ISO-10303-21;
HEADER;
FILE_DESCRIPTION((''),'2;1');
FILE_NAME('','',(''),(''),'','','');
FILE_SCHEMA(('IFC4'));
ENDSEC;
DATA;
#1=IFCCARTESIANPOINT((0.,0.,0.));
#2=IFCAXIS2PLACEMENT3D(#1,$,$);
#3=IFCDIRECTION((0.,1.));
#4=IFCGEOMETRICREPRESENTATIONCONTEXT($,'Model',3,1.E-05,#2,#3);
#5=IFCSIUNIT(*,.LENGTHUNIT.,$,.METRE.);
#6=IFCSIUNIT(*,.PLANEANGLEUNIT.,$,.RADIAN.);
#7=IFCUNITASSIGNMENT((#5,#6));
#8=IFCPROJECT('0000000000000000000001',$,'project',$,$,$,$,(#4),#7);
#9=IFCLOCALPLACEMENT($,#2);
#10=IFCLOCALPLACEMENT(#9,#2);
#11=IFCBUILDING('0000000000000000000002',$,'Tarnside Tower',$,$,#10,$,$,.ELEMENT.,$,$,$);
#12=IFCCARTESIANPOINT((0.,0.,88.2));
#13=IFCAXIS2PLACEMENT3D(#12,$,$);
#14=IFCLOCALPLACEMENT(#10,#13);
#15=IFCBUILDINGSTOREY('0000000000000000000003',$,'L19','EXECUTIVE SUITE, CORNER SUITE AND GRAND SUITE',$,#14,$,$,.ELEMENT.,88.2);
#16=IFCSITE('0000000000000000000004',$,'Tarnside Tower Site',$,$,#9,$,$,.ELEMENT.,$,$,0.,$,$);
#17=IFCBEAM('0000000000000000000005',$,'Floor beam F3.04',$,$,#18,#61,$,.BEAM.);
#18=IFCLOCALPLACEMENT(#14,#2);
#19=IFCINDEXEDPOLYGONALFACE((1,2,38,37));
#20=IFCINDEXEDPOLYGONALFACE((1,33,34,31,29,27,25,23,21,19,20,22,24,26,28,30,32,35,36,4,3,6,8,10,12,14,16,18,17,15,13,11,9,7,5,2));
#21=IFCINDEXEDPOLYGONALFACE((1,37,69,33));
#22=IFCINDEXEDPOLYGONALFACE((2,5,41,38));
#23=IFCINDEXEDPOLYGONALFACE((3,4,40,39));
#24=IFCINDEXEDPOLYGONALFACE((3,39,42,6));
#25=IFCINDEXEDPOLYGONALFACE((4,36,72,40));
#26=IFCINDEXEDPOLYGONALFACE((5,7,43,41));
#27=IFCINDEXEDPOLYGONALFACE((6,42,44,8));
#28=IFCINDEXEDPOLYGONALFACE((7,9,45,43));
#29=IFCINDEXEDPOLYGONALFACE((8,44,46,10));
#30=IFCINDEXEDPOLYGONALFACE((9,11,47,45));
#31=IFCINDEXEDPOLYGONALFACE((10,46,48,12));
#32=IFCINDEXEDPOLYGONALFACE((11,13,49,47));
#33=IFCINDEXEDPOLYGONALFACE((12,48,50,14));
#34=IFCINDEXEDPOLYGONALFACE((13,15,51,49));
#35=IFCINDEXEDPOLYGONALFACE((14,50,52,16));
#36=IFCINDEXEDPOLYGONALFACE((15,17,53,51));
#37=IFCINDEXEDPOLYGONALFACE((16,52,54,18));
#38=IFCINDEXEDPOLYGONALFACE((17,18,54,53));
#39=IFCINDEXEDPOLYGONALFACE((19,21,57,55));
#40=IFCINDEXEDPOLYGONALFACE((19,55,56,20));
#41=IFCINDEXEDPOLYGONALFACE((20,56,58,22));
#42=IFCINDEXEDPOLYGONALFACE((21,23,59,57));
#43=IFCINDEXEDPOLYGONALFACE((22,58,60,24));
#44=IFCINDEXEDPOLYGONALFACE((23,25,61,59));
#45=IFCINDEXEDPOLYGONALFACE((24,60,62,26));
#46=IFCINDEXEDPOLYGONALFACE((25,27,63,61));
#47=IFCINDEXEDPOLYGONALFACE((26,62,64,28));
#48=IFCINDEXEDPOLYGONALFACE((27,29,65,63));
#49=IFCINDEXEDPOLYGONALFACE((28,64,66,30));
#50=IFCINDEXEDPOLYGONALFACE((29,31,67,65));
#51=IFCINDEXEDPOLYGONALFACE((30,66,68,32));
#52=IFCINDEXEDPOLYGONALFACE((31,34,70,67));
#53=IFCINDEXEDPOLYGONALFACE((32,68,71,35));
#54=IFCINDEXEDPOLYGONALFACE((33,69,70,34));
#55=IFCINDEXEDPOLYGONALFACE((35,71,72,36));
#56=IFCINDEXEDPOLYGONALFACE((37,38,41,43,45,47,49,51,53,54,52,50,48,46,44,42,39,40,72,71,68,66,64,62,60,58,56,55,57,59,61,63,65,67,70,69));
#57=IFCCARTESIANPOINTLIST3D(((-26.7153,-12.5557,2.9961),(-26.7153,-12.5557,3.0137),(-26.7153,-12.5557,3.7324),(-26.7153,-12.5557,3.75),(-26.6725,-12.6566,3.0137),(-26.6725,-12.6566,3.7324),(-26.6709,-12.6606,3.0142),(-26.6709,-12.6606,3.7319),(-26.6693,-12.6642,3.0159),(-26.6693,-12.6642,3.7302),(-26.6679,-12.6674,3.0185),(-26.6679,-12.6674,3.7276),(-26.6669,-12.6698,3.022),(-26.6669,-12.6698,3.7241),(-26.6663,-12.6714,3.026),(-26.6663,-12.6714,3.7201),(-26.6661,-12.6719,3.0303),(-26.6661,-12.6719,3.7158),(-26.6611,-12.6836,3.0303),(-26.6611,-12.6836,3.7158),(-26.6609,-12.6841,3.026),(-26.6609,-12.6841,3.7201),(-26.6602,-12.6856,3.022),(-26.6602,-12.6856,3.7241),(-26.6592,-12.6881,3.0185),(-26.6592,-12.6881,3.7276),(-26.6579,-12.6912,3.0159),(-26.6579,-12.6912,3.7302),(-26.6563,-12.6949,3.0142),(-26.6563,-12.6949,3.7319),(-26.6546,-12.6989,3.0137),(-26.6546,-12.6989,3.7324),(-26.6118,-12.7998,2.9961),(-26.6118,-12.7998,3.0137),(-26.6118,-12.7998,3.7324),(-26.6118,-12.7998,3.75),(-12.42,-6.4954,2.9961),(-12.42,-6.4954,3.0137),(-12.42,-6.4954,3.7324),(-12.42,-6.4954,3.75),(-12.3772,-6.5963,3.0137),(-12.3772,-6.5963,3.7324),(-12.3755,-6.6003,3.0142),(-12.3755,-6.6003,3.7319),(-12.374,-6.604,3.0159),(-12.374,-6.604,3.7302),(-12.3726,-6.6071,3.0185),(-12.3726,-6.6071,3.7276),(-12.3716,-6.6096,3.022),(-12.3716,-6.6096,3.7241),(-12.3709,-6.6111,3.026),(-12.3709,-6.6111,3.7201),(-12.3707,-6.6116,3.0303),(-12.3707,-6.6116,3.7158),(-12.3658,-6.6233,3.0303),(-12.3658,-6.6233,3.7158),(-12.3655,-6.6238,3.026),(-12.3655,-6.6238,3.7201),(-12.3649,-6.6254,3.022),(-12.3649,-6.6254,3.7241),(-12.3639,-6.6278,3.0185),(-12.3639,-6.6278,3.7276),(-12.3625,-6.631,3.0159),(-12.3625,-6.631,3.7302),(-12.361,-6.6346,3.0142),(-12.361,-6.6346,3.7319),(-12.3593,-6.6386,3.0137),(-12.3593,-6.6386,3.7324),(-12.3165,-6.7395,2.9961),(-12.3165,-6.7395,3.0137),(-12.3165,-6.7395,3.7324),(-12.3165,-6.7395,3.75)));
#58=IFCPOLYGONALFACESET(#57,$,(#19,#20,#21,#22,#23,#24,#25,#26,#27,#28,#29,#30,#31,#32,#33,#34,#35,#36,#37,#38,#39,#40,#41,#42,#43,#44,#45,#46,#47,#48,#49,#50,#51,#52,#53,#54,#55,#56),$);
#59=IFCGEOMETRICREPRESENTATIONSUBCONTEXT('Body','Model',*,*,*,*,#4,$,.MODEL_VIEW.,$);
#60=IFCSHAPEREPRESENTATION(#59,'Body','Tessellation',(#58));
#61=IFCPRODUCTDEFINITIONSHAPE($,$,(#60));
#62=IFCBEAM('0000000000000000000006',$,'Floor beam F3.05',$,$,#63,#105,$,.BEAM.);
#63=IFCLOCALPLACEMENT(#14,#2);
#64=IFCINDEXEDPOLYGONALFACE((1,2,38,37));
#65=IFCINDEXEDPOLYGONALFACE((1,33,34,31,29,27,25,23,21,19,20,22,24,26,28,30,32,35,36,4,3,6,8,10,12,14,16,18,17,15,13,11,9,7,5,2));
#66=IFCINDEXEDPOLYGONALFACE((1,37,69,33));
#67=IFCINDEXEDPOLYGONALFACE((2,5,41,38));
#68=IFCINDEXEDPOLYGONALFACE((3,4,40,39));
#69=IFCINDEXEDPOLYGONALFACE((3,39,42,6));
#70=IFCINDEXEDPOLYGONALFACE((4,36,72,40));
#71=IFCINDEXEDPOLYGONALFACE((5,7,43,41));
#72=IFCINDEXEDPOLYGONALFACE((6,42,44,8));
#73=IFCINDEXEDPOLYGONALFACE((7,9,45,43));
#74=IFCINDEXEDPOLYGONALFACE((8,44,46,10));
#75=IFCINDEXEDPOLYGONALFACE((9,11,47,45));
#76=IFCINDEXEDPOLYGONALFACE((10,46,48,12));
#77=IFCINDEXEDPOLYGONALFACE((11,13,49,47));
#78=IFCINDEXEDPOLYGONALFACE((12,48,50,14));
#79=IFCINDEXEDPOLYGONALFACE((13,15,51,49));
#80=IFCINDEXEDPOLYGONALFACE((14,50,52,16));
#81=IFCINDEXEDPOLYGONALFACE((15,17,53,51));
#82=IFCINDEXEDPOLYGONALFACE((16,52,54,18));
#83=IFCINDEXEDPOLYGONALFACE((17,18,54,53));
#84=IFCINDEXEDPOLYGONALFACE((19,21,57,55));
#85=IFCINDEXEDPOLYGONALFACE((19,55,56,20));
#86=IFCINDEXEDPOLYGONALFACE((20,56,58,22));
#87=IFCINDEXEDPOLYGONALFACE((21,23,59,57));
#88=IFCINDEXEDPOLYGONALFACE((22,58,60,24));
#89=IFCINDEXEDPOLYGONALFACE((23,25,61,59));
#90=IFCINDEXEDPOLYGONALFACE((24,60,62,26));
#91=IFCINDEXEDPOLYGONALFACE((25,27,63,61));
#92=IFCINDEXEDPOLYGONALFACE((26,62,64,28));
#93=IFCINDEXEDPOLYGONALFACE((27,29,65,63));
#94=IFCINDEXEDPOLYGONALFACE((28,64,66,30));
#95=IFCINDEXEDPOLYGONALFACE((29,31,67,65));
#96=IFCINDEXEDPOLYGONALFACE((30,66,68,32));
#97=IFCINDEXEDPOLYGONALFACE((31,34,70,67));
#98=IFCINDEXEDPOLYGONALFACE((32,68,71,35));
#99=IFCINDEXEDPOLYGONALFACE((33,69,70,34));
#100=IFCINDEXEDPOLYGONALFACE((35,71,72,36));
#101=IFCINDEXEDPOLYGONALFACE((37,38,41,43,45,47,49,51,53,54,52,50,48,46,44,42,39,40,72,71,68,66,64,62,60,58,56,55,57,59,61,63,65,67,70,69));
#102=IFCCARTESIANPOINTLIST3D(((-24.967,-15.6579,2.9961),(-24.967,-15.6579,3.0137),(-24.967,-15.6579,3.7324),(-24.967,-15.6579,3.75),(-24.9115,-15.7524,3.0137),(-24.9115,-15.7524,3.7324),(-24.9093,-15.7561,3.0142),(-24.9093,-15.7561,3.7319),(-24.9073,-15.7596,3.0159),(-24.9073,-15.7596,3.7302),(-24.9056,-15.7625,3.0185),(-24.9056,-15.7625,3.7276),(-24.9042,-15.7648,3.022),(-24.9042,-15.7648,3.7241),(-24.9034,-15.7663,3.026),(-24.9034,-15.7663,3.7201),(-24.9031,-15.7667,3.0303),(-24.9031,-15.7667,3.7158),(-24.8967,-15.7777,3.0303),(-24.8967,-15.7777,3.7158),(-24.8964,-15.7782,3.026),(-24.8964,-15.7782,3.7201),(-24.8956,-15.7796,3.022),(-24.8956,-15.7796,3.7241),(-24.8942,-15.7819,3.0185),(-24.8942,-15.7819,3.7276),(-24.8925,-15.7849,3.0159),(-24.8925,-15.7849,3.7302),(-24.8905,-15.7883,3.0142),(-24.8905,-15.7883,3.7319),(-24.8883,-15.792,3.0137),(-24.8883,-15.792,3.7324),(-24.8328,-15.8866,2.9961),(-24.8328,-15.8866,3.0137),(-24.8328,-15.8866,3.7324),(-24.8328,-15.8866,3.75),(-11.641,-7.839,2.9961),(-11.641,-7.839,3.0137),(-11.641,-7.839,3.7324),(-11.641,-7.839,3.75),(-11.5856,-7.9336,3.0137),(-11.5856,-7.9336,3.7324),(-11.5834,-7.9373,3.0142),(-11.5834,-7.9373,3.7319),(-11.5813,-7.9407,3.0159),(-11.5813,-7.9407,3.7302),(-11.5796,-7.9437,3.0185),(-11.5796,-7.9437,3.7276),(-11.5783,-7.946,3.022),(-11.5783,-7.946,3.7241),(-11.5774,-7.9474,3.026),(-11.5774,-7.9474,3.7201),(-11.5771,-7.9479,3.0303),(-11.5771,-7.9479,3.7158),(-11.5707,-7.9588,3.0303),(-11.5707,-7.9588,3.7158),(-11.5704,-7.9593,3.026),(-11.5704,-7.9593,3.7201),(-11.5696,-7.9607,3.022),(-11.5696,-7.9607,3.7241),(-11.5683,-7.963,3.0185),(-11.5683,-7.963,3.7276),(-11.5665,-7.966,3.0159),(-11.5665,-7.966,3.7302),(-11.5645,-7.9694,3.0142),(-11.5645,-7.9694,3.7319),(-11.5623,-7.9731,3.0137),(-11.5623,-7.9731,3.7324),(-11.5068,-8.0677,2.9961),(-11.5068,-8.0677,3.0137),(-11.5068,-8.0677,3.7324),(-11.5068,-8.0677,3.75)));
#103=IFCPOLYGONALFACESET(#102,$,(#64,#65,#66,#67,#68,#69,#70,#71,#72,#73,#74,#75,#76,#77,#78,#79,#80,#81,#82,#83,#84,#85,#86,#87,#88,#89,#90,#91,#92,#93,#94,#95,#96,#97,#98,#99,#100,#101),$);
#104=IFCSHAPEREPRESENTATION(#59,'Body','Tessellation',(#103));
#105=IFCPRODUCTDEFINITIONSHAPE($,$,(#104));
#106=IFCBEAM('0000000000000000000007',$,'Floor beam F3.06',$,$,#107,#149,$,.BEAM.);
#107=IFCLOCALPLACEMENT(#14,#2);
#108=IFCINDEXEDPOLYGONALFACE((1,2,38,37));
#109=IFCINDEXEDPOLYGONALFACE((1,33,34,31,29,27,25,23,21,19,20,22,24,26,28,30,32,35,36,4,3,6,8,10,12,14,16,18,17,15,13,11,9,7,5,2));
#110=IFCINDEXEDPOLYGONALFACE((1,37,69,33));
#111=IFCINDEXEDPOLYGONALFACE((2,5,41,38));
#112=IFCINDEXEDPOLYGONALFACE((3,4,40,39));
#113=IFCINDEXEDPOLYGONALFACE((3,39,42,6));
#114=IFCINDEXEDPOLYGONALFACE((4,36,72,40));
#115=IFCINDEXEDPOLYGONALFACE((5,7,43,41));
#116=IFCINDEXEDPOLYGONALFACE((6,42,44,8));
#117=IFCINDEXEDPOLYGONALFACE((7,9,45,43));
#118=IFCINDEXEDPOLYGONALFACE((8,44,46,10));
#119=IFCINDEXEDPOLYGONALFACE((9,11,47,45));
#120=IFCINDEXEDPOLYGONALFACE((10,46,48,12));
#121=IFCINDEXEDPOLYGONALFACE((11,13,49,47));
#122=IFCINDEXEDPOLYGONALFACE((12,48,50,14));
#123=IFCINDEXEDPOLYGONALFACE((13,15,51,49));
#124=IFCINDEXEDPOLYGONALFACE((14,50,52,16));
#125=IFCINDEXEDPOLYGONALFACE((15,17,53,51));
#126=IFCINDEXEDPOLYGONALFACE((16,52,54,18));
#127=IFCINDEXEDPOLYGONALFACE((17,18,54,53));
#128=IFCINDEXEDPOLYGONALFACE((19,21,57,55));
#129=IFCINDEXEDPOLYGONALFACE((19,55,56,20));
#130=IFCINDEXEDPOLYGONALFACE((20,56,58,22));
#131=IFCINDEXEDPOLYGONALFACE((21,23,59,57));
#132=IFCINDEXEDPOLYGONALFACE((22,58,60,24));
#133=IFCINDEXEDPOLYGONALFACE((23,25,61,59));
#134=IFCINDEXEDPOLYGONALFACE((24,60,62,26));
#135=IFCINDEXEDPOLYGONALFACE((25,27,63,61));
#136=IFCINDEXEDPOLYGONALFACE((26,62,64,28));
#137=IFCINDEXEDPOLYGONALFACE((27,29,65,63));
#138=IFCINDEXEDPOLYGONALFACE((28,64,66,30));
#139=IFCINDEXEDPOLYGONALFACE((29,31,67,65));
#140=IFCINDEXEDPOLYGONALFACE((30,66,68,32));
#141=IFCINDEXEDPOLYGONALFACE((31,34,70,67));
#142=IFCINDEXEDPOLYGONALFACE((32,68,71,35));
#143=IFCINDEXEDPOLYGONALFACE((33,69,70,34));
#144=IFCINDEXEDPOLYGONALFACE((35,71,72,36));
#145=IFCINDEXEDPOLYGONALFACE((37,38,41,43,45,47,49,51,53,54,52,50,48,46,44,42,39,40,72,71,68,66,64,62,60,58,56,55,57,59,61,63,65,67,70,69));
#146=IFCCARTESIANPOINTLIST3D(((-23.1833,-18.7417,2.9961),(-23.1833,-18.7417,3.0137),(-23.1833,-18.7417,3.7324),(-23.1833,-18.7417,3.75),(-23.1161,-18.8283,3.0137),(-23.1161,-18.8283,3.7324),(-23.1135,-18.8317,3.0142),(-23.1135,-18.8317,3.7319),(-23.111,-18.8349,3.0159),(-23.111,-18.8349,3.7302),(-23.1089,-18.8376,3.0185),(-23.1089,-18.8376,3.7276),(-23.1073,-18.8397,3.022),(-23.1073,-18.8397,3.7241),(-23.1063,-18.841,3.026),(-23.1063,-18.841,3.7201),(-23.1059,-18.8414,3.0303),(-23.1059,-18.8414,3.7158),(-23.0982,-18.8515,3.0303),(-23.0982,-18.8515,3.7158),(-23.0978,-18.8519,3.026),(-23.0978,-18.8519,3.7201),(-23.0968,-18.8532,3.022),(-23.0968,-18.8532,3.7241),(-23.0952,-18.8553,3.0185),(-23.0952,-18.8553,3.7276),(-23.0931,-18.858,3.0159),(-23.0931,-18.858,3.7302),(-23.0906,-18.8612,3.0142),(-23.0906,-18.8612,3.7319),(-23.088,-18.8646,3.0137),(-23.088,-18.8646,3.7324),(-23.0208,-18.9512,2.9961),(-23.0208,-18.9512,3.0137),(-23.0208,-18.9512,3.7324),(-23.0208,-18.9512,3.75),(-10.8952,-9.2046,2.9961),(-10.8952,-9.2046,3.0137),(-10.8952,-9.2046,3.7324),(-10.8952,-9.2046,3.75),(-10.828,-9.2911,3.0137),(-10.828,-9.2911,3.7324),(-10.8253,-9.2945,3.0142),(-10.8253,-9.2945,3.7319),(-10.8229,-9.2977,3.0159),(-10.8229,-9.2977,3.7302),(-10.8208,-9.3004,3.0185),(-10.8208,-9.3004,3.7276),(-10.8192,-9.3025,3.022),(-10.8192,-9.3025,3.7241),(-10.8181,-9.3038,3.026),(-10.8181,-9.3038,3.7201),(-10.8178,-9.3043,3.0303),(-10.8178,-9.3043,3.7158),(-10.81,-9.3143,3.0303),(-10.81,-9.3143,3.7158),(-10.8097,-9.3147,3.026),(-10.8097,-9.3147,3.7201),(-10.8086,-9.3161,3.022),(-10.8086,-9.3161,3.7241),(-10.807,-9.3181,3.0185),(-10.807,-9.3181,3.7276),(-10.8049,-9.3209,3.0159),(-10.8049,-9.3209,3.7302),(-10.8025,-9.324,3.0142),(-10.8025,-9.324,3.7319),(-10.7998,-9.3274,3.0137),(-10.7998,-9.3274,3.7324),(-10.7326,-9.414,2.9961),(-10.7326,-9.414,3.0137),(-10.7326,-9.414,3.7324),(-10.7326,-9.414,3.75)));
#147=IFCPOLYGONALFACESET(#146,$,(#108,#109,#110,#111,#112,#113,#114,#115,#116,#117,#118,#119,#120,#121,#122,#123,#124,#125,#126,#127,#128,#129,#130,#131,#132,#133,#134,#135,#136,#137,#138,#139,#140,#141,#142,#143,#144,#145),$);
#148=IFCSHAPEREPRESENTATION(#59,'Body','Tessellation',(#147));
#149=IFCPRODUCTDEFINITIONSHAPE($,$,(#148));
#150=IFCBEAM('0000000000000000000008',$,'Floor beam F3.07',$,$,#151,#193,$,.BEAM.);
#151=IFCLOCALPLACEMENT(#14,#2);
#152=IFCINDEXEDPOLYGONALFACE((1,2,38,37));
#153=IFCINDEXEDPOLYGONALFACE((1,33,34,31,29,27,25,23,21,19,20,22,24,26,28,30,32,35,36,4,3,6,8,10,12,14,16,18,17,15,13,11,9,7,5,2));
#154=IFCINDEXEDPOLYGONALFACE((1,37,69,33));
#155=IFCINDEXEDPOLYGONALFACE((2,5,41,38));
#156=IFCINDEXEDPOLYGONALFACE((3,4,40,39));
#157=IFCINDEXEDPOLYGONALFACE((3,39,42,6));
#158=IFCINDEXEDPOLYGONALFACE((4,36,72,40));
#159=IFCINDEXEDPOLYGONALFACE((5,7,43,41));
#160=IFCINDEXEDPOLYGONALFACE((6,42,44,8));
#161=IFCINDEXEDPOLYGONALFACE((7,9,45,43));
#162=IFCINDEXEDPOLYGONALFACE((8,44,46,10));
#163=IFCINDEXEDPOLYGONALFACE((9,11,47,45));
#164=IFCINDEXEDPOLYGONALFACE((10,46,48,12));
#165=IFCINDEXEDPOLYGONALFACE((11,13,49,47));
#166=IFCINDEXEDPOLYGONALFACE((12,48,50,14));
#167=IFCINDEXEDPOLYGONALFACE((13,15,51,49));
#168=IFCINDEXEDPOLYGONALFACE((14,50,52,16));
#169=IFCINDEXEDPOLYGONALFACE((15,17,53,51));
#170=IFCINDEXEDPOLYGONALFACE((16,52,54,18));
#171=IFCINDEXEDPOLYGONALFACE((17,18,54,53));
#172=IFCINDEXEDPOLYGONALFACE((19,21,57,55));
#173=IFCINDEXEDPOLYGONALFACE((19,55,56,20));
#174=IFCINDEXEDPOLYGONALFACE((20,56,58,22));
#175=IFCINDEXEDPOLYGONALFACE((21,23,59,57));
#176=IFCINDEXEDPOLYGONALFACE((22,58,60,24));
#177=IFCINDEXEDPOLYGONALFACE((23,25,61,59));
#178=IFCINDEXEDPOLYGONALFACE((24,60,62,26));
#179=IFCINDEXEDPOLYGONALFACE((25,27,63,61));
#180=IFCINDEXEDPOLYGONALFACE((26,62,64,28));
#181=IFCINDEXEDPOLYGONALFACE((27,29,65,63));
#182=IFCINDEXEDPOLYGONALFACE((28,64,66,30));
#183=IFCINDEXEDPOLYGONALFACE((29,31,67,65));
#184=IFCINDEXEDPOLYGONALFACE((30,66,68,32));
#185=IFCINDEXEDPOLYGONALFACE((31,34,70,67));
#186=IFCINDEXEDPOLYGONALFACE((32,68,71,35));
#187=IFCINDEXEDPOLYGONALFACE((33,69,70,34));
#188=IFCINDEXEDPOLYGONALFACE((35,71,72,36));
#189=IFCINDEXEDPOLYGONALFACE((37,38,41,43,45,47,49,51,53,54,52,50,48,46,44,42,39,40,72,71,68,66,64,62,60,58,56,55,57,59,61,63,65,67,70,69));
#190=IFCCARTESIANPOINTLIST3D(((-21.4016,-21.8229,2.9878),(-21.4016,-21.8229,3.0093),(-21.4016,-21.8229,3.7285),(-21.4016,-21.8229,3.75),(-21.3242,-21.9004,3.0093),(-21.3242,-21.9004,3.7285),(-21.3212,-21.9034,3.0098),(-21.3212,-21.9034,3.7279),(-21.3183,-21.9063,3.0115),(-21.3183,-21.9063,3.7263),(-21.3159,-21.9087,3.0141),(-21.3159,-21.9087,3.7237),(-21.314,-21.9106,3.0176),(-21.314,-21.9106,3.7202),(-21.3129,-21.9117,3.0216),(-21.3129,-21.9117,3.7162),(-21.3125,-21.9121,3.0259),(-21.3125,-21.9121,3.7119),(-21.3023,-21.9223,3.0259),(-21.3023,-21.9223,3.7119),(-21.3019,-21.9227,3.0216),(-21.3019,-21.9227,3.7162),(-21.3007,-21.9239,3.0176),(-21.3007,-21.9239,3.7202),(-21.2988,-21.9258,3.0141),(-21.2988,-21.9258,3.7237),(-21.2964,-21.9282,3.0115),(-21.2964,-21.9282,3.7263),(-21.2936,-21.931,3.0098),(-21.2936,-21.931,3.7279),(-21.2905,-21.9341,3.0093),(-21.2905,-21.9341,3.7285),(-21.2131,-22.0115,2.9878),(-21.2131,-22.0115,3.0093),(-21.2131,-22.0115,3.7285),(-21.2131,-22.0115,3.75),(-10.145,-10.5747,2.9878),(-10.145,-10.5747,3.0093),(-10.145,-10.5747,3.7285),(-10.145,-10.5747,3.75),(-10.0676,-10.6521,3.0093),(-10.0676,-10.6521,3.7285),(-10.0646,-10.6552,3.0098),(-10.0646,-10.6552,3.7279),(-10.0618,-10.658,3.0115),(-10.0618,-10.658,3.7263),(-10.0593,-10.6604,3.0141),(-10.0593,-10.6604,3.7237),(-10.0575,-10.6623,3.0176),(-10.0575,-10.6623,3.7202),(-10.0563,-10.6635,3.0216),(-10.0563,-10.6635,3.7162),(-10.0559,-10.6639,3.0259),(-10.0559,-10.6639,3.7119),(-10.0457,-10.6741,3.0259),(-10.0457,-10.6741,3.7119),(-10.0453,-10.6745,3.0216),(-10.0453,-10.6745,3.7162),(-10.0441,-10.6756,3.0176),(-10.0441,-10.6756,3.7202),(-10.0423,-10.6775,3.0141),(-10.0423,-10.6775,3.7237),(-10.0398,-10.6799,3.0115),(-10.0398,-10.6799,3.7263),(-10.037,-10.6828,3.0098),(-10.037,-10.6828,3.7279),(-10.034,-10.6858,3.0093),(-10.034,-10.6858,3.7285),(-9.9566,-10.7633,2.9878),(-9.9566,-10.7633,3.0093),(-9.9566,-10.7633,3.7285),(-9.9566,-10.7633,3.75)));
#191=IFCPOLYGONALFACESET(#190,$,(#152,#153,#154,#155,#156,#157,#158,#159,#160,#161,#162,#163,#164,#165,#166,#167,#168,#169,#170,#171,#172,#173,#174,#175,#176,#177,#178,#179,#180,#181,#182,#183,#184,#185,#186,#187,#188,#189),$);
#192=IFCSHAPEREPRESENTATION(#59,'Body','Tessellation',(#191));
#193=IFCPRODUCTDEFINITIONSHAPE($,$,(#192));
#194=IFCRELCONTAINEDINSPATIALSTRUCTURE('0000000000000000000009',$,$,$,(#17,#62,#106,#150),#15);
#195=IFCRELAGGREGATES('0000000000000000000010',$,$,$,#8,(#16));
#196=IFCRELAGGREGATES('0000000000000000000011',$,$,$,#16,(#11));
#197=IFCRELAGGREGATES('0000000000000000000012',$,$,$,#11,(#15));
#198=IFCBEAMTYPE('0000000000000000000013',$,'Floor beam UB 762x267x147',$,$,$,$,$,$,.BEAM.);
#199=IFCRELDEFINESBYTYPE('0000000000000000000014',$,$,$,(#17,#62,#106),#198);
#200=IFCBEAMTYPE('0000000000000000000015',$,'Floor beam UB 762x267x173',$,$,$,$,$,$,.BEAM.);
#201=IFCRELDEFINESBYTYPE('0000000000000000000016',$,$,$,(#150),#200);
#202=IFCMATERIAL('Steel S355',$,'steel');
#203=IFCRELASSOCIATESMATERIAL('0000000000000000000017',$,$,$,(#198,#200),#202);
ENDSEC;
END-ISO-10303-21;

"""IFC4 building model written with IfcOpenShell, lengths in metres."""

from ifc_helpers import new_model, si_unit, direction, frame, origin, origin_2d, place, context, subcontext, project, spatial, i_section, extrude, material, material_profile, profile_set, type_object, element, save


model = new_model("IFC4")

# Units and contexts
model_context = context("Model", 3, precision=1e-05, world=origin(), true_north=direction((0.0, 1.0)))
body_context = subcontext(model_context, "Body", "Model", "MODEL_VIEW")
ifc_project = project(units=[si_unit("LENGTHUNIT", "METRE"), si_unit("PLANEANGLEUNIT", "RADIAN")], contexts=[model_context])

# Site, building, storey
site_placement = place(None, origin())
site = spatial("IfcSite", under=ifc_project, at=site_placement, Name="Tarnside Tower Site", CompositionType="ELEMENT", RefElevation=0.0)
building_placement = place(site_placement, origin())
building = spatial("IfcBuilding", under=site, at=building_placement, Name="Tarnside Tower", CompositionType="ELEMENT")
storey_placement = place(building_placement, frame((0.0, 0.0, 88.2)))
storey = spatial("IfcBuildingStorey", under=building, at=storey_placement, Name="L19", Description="EXECUTIVE SUITE, CORNER SUITE AND GRAND SUITE", CompositionType="ELEMENT", Elevation=88.2)

# Beams
ifc_material_1 = material(Name="Steel S355", Category="steel")
ifc_material_profile_1 = material_profile(ifc_material_1, i_section(OverallWidth=0.2651, OverallDepth=0.7539, WebThickness=0.0127, FlangeThickness=0.0176, FilletRadius=0.0166, at=origin_2d()), Name="UB 762x267x147")
ifc_profile_set_1 = profile_set([ifc_material_profile_1], Name="Steel S355")
beam_type_1 = type_object("IfcBeamType", Name="Floor beam UB 762x267x147", PredefinedType="BEAM", material=ifc_profile_set_1)
beam_1_placement = place(storey_placement, frame((-26.6636, -12.6777, 3.373), z_axis=(0.920684, 0.390309, 0.0), x_axis=(-0.390309, 0.920684, 0.0)))
element("IfcBeam", 1, at=beam_1_placement, inside=storey, type_object=beam_type_1, Name="Floor beam F3.04", PredefinedType="BEAM", context=body_context, shape_type="SweptSolid", body=[
    extrude(i_section(OverallWidth=0.2651, OverallDepth=0.7539, WebThickness=0.0127, FlangeThickness=0.0176, FilletRadius=0.0166, at=origin_2d()), origin(), (0.0, 0.0, 1.0), 15.5269),
])
beam_2_placement = place(storey_placement, frame((-24.8999, -15.7722, 3.373), z_axis=(0.862498, 0.506061, 0.0), x_axis=(-0.506061, 0.862498, 0.0)))
element("IfcBeam", 2, at=beam_2_placement, inside=storey, type_object=beam_type_1, Name="Floor beam F3.05", PredefinedType="BEAM", context=body_context, shape_type="SweptSolid", body=[
    extrude(i_section(OverallWidth=0.2651, OverallDepth=0.7539, WebThickness=0.0127, FlangeThickness=0.0176, FilletRadius=0.0166, at=origin_2d()), origin(), (0.0, 0.0, 1.0), 15.4504),
])
beam_3_placement = place(storey_placement, frame((-23.1021, -18.8464, 3.373), z_axis=(0.789984, 0.613128, 0.0), x_axis=(-0.613128, 0.789984, 0.0)))
element("IfcBeam", 3, at=beam_3_placement, inside=storey, type_object=beam_type_1, Name="Floor beam F3.06", PredefinedType="BEAM", context=body_context, shape_type="SweptSolid", body=[
    extrude(i_section(OverallWidth=0.2651, OverallDepth=0.7539, WebThickness=0.0127, FlangeThickness=0.0176, FilletRadius=0.0166, at=origin_2d()), origin(), (0.0, 0.0, 1.0), 15.5549),
])
ifc_material_profile_2 = material_profile(ifc_material_1, i_section(OverallWidth=0.2666, OverallDepth=0.7622, WebThickness=0.0144, FlangeThickness=0.0215, FilletRadius=0.0166, at=origin_2d()), Name="UB 762x267x173")
ifc_profile_set_2 = profile_set([ifc_material_profile_2], Name="Steel S355")
beam_type_2 = type_object("IfcBeamType", Name="Floor beam UB 762x267x173", PredefinedType="BEAM", material=ifc_profile_set_2)
beam_4_placement = place(storey_placement, frame((-21.3074, -21.9172, 3.3689), z_axis=(0.707368, 0.706846, 0.0), x_axis=(-0.706846, 0.707368, 0.0)))
element("IfcBeam", 4, at=beam_4_placement, inside=storey, type_object=beam_type_2, Name="Floor beam F3.07", PredefinedType="BEAM", context=body_context, shape_type="SweptSolid", body=[
    extrude(i_section(OverallWidth=0.2666, OverallDepth=0.7622, WebThickness=0.0144, FlangeThickness=0.0215, FilletRadius=0.0166, at=origin_2d()), origin(), (0.0, 0.0, 1.0), 15.9133),
])

save(model, "model.ifc")
